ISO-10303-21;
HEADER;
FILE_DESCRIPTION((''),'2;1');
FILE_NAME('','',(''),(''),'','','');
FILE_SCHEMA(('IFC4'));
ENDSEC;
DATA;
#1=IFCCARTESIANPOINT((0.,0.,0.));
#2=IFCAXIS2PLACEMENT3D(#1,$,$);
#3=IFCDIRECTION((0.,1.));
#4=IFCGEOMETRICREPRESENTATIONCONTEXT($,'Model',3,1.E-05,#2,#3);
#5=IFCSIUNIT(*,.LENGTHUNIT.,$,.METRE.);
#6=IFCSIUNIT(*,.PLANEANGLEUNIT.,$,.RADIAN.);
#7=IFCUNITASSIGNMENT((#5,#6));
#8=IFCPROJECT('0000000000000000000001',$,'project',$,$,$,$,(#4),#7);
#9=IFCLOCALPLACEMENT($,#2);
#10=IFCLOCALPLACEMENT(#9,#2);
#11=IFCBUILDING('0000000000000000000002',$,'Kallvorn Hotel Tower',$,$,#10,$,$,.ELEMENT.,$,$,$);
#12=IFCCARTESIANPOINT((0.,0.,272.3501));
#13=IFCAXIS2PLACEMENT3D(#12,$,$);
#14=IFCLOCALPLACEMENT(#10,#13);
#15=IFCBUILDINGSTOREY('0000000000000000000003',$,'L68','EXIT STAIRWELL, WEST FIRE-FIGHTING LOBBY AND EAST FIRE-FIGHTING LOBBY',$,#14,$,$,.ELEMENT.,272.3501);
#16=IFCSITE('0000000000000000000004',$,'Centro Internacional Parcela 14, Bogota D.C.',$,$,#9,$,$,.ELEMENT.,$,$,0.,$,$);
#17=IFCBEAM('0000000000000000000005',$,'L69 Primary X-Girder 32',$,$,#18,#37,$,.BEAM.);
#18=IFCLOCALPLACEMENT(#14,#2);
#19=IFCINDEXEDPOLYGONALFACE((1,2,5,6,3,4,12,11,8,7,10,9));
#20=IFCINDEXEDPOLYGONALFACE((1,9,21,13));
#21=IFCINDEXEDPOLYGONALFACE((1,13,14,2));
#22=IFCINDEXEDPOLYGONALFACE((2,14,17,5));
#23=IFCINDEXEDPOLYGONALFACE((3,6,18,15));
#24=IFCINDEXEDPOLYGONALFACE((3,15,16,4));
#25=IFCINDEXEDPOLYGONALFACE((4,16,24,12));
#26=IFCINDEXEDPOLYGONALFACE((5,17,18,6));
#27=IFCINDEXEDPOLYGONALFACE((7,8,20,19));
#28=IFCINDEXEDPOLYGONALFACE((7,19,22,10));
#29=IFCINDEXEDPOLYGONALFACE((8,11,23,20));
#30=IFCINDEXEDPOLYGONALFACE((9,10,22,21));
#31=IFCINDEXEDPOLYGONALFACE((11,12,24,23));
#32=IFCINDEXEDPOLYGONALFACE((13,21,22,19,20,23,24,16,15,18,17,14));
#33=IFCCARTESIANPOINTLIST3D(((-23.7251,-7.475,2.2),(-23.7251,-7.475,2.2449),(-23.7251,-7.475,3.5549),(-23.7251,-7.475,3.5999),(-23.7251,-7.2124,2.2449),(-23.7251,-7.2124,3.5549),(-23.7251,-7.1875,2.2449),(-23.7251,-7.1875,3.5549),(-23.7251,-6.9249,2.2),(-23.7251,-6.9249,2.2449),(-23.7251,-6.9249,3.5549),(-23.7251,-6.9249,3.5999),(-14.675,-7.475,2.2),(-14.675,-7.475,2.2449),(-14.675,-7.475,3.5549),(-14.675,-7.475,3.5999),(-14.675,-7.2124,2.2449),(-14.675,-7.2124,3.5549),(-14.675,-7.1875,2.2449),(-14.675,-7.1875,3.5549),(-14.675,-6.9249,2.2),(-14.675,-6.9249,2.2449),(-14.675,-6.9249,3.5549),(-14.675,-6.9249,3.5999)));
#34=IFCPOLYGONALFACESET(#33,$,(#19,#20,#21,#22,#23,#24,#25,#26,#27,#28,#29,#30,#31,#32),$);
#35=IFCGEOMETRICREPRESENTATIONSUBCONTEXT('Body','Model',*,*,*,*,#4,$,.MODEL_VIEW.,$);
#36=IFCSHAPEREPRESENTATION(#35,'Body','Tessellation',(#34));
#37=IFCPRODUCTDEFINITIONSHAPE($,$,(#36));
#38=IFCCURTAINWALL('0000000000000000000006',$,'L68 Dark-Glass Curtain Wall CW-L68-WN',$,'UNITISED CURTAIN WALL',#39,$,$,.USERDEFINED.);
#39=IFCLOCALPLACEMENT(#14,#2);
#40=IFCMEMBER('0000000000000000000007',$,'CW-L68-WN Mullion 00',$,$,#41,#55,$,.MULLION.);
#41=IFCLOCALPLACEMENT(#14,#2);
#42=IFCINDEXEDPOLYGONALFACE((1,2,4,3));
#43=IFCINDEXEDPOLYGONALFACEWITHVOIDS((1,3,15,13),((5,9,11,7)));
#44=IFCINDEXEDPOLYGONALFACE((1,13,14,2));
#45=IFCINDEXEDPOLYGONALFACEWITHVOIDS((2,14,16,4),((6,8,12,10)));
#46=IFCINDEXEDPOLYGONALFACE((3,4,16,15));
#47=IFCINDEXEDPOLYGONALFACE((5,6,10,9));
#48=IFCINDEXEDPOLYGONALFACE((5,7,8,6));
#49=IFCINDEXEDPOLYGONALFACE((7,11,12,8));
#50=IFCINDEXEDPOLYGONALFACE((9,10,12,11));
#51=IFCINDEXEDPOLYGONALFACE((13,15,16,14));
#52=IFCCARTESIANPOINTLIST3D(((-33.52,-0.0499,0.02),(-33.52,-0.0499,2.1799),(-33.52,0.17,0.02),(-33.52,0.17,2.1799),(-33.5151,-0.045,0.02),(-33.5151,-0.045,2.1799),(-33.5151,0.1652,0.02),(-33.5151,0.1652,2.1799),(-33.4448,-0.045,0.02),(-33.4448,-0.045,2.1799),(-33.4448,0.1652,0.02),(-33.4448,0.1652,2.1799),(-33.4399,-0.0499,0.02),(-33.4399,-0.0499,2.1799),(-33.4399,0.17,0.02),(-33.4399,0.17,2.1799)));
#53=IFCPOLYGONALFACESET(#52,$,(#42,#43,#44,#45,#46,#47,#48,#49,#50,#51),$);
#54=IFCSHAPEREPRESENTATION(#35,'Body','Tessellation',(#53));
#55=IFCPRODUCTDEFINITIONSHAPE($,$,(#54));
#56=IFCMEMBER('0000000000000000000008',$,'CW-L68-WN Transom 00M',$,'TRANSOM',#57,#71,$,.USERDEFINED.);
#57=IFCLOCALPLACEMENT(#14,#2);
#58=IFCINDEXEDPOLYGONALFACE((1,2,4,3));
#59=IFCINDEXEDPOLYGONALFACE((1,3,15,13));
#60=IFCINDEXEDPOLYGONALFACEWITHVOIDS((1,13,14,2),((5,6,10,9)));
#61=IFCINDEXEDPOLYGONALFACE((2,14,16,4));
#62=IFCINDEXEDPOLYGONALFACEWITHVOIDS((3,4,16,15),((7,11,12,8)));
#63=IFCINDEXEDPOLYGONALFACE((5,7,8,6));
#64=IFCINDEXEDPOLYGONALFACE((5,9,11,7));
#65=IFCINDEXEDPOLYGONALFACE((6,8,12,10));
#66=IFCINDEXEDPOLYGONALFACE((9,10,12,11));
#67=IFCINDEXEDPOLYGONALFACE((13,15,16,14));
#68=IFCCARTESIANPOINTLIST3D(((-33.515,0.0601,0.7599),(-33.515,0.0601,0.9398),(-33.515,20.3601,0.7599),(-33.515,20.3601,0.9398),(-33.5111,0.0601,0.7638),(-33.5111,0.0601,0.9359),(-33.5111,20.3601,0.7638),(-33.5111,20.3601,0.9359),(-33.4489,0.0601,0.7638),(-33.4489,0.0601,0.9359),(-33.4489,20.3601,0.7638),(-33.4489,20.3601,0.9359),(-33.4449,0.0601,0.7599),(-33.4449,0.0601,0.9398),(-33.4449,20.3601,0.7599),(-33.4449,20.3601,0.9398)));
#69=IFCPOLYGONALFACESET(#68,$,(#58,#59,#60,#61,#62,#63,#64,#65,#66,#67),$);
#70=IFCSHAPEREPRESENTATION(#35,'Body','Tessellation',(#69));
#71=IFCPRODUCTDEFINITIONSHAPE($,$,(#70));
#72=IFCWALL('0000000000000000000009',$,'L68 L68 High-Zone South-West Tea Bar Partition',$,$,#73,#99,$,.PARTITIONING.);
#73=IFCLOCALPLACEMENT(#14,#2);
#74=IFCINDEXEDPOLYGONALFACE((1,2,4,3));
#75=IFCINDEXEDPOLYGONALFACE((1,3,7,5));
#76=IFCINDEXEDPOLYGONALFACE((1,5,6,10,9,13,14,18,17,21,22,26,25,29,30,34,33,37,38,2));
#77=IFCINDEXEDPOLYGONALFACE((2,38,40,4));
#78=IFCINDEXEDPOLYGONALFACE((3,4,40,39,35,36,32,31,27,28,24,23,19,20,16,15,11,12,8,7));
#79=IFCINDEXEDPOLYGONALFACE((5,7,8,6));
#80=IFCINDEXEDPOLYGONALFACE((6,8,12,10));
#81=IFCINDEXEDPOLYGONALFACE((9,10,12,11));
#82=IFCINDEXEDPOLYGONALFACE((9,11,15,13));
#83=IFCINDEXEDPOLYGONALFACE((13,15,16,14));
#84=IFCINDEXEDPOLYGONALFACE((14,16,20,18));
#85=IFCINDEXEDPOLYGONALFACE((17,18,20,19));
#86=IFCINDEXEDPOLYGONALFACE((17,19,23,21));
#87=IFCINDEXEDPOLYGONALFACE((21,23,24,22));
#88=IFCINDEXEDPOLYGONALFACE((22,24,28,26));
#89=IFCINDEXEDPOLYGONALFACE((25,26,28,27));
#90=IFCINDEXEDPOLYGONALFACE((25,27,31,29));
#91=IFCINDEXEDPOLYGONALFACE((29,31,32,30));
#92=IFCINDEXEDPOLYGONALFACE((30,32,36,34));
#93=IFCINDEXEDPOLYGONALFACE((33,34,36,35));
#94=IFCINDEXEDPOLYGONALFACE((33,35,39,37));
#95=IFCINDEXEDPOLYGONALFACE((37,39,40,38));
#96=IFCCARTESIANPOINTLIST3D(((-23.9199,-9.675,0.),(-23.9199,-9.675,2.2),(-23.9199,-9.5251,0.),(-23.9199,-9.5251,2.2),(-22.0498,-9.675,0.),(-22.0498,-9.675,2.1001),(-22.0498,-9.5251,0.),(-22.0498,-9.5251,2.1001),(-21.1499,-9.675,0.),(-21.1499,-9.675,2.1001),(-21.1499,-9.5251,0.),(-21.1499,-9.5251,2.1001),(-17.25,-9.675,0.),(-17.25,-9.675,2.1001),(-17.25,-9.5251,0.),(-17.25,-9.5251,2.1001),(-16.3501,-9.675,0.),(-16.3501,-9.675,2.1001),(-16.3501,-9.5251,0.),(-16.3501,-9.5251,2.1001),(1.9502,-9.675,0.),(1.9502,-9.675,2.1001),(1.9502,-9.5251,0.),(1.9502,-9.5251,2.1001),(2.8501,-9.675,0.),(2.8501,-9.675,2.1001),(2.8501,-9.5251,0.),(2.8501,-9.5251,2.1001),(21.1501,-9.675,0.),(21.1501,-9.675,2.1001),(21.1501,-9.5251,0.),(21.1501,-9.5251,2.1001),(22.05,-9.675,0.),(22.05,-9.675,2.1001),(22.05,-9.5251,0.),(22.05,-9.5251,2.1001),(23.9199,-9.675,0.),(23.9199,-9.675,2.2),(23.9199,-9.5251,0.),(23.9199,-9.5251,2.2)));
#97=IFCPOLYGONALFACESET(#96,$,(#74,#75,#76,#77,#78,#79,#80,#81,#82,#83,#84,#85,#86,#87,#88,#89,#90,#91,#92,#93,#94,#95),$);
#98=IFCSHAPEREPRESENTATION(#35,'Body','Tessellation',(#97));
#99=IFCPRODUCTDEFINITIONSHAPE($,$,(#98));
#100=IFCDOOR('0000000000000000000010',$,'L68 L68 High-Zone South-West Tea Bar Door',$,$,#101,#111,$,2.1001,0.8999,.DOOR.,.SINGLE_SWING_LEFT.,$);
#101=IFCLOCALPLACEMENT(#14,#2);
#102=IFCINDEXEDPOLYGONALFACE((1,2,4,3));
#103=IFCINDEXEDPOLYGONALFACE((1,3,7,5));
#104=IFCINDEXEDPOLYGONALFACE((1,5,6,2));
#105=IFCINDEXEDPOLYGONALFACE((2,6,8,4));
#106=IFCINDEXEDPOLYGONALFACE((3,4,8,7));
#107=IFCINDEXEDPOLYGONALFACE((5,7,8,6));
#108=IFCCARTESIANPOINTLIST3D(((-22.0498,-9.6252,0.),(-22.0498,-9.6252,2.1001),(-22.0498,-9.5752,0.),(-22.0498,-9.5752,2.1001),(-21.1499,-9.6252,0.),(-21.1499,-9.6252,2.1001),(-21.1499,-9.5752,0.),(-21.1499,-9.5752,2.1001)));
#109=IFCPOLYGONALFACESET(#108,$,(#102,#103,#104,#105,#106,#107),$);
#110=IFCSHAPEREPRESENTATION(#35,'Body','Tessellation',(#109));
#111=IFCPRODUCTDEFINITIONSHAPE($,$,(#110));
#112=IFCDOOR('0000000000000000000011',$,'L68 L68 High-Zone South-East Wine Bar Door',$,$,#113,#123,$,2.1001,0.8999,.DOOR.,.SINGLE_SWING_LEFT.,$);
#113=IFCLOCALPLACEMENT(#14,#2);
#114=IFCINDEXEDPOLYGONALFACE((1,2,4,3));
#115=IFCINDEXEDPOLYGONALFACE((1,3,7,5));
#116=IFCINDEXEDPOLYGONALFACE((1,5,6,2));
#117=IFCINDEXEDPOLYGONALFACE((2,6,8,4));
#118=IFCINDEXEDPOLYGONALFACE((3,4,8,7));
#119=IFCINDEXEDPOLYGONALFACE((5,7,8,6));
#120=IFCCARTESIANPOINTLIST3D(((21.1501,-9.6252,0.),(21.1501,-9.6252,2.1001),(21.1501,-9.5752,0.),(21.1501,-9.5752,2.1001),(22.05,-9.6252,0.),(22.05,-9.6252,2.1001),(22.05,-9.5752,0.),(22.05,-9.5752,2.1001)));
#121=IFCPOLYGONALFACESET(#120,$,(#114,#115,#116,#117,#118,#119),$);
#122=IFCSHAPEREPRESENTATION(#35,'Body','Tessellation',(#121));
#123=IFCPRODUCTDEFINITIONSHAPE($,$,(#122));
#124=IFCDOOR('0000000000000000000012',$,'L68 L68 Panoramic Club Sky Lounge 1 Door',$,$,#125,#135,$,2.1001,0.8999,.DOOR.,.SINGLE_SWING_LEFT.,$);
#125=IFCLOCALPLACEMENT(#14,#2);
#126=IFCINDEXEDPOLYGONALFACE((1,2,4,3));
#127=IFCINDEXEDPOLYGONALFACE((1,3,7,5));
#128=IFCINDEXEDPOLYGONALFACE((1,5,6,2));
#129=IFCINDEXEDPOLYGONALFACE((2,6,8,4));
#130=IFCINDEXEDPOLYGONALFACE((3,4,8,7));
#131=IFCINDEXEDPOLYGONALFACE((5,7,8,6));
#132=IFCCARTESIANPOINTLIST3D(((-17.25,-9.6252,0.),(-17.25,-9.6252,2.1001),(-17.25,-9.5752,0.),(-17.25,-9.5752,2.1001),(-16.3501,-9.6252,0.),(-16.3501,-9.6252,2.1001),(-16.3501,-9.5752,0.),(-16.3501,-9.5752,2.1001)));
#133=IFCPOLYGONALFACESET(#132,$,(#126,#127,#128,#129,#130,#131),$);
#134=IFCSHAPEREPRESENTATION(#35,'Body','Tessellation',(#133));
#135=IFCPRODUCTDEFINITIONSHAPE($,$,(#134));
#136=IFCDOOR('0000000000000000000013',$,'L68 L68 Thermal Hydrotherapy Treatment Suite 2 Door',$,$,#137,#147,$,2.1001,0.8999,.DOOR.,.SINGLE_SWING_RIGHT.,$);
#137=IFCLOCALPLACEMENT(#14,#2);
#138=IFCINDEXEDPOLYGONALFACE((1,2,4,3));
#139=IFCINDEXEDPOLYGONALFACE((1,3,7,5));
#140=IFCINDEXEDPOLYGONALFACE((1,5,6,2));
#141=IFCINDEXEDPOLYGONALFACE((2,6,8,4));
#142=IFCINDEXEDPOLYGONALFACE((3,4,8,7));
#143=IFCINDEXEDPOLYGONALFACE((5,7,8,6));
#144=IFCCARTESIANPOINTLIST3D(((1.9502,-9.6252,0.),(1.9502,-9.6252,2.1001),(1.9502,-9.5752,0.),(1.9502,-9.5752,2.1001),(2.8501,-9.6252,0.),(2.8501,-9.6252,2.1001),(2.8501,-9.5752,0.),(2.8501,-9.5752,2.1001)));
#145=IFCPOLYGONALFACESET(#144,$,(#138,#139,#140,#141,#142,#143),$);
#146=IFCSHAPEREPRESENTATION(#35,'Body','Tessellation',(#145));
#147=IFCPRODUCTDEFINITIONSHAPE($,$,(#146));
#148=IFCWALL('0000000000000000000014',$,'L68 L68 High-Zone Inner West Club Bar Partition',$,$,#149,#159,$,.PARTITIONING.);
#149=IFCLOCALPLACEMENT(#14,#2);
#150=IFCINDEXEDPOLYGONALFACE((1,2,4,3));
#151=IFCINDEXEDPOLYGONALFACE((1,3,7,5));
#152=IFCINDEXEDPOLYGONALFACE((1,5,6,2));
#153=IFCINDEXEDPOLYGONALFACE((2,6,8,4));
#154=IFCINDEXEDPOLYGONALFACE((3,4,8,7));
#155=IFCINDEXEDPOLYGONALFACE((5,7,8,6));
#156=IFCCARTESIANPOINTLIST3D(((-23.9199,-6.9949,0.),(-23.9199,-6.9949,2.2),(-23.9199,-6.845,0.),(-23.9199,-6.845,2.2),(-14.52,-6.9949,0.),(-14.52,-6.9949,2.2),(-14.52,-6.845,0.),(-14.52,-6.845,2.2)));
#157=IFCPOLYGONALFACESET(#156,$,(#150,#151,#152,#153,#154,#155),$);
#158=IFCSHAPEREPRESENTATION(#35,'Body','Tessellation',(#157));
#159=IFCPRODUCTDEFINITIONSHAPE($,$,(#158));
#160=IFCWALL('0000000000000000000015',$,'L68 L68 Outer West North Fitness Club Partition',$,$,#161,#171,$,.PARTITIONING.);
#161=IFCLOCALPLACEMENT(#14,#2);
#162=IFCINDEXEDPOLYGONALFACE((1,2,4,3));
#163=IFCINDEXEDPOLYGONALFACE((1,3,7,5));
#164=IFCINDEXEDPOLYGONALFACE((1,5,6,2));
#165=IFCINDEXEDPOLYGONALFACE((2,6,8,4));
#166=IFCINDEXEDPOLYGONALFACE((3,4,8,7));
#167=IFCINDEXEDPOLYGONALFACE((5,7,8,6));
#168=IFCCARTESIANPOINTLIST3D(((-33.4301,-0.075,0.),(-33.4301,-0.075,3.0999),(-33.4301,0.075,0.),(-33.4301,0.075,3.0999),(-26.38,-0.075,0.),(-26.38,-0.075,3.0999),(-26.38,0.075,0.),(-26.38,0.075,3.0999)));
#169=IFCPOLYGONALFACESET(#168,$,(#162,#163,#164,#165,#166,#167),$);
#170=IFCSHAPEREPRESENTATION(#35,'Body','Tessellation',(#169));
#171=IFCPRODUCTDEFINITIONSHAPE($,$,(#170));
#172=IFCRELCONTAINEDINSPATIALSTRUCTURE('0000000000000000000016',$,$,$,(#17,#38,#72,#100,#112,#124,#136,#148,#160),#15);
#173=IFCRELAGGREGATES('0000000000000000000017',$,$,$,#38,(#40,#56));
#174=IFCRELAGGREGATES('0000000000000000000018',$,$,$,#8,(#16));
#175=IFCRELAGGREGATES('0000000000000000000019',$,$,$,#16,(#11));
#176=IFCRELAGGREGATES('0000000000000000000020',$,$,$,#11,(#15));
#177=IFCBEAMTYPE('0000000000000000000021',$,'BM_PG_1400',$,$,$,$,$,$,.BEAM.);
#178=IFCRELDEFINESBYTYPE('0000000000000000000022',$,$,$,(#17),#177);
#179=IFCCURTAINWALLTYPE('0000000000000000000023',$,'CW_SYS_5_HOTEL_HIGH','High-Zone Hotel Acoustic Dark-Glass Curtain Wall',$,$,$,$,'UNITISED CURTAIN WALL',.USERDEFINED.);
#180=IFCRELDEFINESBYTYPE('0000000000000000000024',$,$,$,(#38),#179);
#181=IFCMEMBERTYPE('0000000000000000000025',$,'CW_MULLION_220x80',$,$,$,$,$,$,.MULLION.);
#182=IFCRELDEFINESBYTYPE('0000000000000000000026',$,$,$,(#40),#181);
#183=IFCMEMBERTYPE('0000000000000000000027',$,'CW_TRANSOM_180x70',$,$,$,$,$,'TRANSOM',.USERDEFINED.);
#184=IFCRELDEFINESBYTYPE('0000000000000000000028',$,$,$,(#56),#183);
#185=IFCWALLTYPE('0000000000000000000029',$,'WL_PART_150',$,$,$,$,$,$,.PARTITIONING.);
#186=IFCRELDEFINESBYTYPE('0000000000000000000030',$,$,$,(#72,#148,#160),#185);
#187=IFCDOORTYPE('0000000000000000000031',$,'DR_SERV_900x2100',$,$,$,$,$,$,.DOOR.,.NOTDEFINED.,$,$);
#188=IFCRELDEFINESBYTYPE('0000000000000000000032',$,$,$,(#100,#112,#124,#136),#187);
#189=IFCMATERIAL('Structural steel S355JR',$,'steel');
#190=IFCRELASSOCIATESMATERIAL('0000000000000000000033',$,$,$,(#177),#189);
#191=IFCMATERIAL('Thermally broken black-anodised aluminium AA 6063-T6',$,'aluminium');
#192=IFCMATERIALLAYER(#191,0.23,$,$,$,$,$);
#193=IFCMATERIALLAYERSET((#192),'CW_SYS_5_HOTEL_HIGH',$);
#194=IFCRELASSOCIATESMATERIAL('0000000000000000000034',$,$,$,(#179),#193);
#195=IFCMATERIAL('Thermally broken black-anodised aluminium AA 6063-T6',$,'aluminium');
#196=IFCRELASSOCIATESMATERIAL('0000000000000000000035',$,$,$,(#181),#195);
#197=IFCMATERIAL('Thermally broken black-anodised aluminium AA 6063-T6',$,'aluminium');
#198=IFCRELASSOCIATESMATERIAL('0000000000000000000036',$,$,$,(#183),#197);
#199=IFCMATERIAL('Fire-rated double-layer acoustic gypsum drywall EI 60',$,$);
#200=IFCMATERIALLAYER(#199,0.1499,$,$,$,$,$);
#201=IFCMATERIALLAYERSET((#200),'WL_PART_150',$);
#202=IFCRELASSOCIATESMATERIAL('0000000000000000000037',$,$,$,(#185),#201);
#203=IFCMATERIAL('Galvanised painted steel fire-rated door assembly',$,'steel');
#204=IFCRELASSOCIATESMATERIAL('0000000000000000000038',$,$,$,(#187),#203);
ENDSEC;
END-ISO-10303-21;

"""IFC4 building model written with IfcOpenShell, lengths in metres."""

from ifc_helpers import new_model, si_unit, direction, frame, frame_2d, origin, origin_2d, place, context, subcontext, project, spatial, rectangle, hollow_rectangle, i_section, extrude, material, layer, layer_set, material_profile, profile_set, type_object, element, fill, aggregate, save


model = new_model("IFC4")

# Units and contexts
model_context = context("Model", 3, precision=1e-05, world=origin(), true_north=direction((0.0, 1.0)))
body_context = subcontext(model_context, "Body", "Model", "MODEL_VIEW")
ifc_project = project(units=[si_unit("LENGTHUNIT", "METRE"), si_unit("PLANEANGLEUNIT", "RADIAN")], contexts=[model_context])

# Site, building, storey
site_placement = place(None, origin())
site = spatial("IfcSite", under=ifc_project, at=site_placement, Name="Centro Internacional Parcela 14, Bogota D.C.", CompositionType="ELEMENT", RefElevation=0.0)
building_placement = place(site_placement, origin())
building = spatial("IfcBuilding", under=site, at=building_placement, Name="Kallvorn Hotel Tower", CompositionType="ELEMENT")
storey_placement = place(building_placement, frame((0.0, 0.0, 272.3501)))
storey = spatial("IfcBuildingStorey", under=building, at=storey_placement, Name="L68", Description="EXIT STAIRWELL, WEST FIRE-FIGHTING LOBBY AND EAST FIRE-FIGHTING LOBBY", CompositionType="ELEMENT", Elevation=272.3501)

# Beam
ifc_material_1 = material(Name="Structural steel S355JR", Category="steel")
ifc_material_profile_1 = material_profile(ifc_material_1, i_section(OverallWidth=0.55, OverallDepth=1.3999, WebThickness=0.0249, FlangeThickness=0.0449, at=origin_2d()), Name="PG 1400x550x25x45")
ifc_profile_set_1 = profile_set([ifc_material_profile_1], Name="Structural steel S355JR")
beam_type_1 = type_object("IfcBeamType", Name="BM_PG_1400", PredefinedType="BEAM", material=ifc_profile_set_1)
beam_1_placement = place(storey_placement, frame((-23.7251, -7.2, 2.8999), z_axis=(1.0, 0.0, 0.0), x_axis=(0.0, 1.0, 0.0)))
element("IfcBeam", 1, at=beam_1_placement, inside=storey, type_object=beam_type_1, Name="L69 Primary X-Girder 32", PredefinedType="BEAM", context=body_context, shape_type="SweptSolid", body=[
    extrude(i_section(OverallWidth=0.55, OverallDepth=1.3999, WebThickness=0.0249, FlangeThickness=0.0449, at=origin_2d()), origin(), (0.0, 0.0, 1.0), 9.05),
])

# Curtain wall, members
ifc_material_2 = material(Name="Thermally broken black-anodised aluminium AA 6063-T6", Category="aluminium")
ifc_layer_1 = layer(ifc_material_2, 0.23)
ifc_layer_set_1 = layer_set([ifc_layer_1], Name="CW_SYS_5_HOTEL_HIGH")
curtain_wall_type = type_object("IfcCurtainWallType", Name="CW_SYS_5_HOTEL_HIGH", Description="High-Zone Hotel Acoustic Dark-Glass Curtain Wall", ElementType="UNITISED CURTAIN WALL", PredefinedType="USERDEFINED", material=ifc_layer_set_1)
curtain_wall_placement = place(storey_placement, origin())
curtain_wall = element("IfcCurtainWall", 2, at=curtain_wall_placement, inside=storey, type_object=curtain_wall_type, Name="L68 Dark-Glass Curtain Wall CW-L68-WN", ObjectType="UNITISED CURTAIN WALL", PredefinedType="USERDEFINED")
ifc_material_3 = material(Name="Thermally broken black-anodised aluminium AA 6063-T6", Category="aluminium")
ifc_material_profile_2 = material_profile(ifc_material_3, hollow_rectangle(XDim=0.0801, YDim=0.22, WallThickness=0.0049, at=origin_2d()), Name="MUL 220x80")
ifc_profile_set_2 = profile_set([ifc_material_profile_2], Name="Thermally broken black-anodised aluminium AA 6063-T6")
member_type_1 = type_object("IfcMemberType", Name="CW_MULLION_220x80", PredefinedType="MULLION", material=ifc_profile_set_2)
member_1_placement = place(storey_placement, frame((-33.48, 0.0601, 0.02), z_axis=(0.0, 0.0, 1.0), x_axis=(1.0, 0.0, 0.0)))
member_1 = element("IfcMember", 3, at=member_1_placement, type_object=member_type_1, Name="CW-L68-WN Mullion 00", PredefinedType="MULLION", context=body_context, shape_type="SweptSolid", body=[
    extrude(hollow_rectangle(XDim=0.0801, YDim=0.22, WallThickness=0.0049, at=origin_2d()), origin(), (0.0, 0.0, 1.0), 2.1599),
])
ifc_material_4 = material(Name="Thermally broken black-anodised aluminium AA 6063-T6", Category="aluminium")
ifc_material_profile_3 = material_profile(ifc_material_4, hollow_rectangle(XDim=0.0701, YDim=0.1799, WallThickness=0.0039, at=origin_2d()), Name="TRN 180x70")
ifc_profile_set_3 = profile_set([ifc_material_profile_3], Name="Thermally broken black-anodised aluminium AA 6063-T6")
member_type_2 = type_object("IfcMemberType", Name="CW_TRANSOM_180x70", ElementType="TRANSOM", PredefinedType="USERDEFINED", material=ifc_profile_set_3)
member_2_placement = place(storey_placement, frame((-33.48, 0.0601, 0.8499), z_axis=(0.0, 1.0, 0.0), x_axis=(-1.0, 0.0, 0.0)))
member_2 = element("IfcMember", 4, at=member_2_placement, type_object=member_type_2, Name="CW-L68-WN Transom 00M", ObjectType="TRANSOM", PredefinedType="USERDEFINED", context=body_context, shape_type="SweptSolid", body=[
    extrude(hollow_rectangle(XDim=0.0701, YDim=0.1799, WallThickness=0.0039, at=origin_2d()), origin(), (0.0, 0.0, 1.0), 20.3),
])
aggregate(curtain_wall, [member_1, member_2])

# Wall, openings, doors
ifc_material_5 = material(Name="Fire-rated double-layer acoustic gypsum drywall EI 60")
ifc_layer_2 = layer(ifc_material_5, 0.1499)
ifc_layer_set_2 = layer_set([ifc_layer_2], Name="WL_PART_150")
wall_type = type_object("IfcWallType", Name="WL_PART_150", PredefinedType="PARTITIONING", material=ifc_layer_set_2)
wall_1_placement = place(storey_placement, frame((-23.9199, -9.6001, 0.0), z_axis=(0.0, 0.0, 1.0), x_axis=(1.0, 0.0, 0.0)))
wall_1 = element("IfcWall", 5, at=wall_1_placement, inside=storey, type_object=wall_type, Name="L68 L68 High-Zone South-West Tea Bar Partition", PredefinedType="PARTITIONING", context=body_context, shape_type="SweptSolid", body=[
    extrude(rectangle(XDim=47.8398, YDim=0.1499, at=frame_2d((23.9199, 0.0))), origin(), (0.0, 0.0, 1.0), 2.2),
])
opening_1_placement = place(wall_1_placement, frame((1.8701, 0.0, 0.0)))
opening_1 = element("IfcOpeningElement", 6, at=opening_1_placement, cuts=wall_1, PredefinedType="OPENING", context=body_context, shape_type="SweptSolid", body=[
    extrude(rectangle(XDim=0.8999, YDim=2.1001, at=frame_2d((0.45, 1.05))), frame((0.0, 0.0898, 0.0), z_axis=(0.0, -1.0, 0.0), x_axis=(1.0, 0.0, 0.0)), (0.0, 0.0, 1.0), 0.1799),
])
opening_2_placement = place(wall_1_placement, frame((45.0701, 0.0, 0.0)))
opening_2 = element("IfcOpeningElement", 7, at=opening_2_placement, cuts=wall_1, PredefinedType="OPENING", context=body_context, shape_type="SweptSolid", body=[
    extrude(rectangle(XDim=0.8999, YDim=2.1001, at=frame_2d((0.45, 1.05))), frame((0.0, 0.0898, 0.0), z_axis=(0.0, -1.0, 0.0), x_axis=(1.0, 0.0, 0.0)), (0.0, 0.0, 1.0), 0.1799),
])
opening_3_placement = place(wall_1_placement, frame((6.6699, 0.0, 0.0)))
opening_3 = element("IfcOpeningElement", 8, at=opening_3_placement, cuts=wall_1, PredefinedType="OPENING", context=body_context, shape_type="SweptSolid", body=[
    extrude(rectangle(XDim=0.8999, YDim=2.1001, at=frame_2d((0.45, 1.05))), frame((0.0, 0.0898, 0.0), z_axis=(0.0, -1.0, 0.0), x_axis=(1.0, 0.0, 0.0)), (0.0, 0.0, 1.0), 0.1799),
])
opening_4_placement = place(wall_1_placement, frame((25.8701, 0.0, 0.0)))
opening_4 = element("IfcOpeningElement", 9, at=opening_4_placement, cuts=wall_1, PredefinedType="OPENING", context=body_context, shape_type="SweptSolid", body=[
    extrude(rectangle(XDim=0.8999, YDim=2.1001, at=frame_2d((0.45, 1.05))), frame((0.0, 0.0898, 0.0), z_axis=(0.0, -1.0, 0.0), x_axis=(1.0, 0.0, 0.0)), (0.0, 0.0, 1.0), 0.1799),
])
ifc_material_6 = material(Name="Galvanised painted steel fire-rated door assembly", Category="steel")
door_type = type_object("IfcDoorType", Name="DR_SERV_900x2100", OperationType="NOTDEFINED", PredefinedType="DOOR", material=ifc_material_6)
door_1_placement = place(opening_1_placement, origin())
door_1 = element("IfcDoor", 10, at=door_1_placement, inside=storey, type_object=door_type, Name="L68 L68 High-Zone South-West Tea Bar Door", OperationType="SINGLE_SWING_LEFT", OverallHeight=2.1001, OverallWidth=0.8999, PredefinedType="DOOR", context=body_context, shape_type="SweptSolid", body=[
    extrude(rectangle(XDim=0.8999, YDim=2.1001, at=frame_2d((0.45, 1.05))), frame((0.0, 0.0249, 0.0), z_axis=(0.0, -1.0, 0.0), x_axis=(1.0, 0.0, 0.0)), (0.0, 0.0, 1.0), 0.05),
])
fill(opening_1, door_1)
door_2_placement = place(opening_2_placement, origin())
door_2 = element("IfcDoor", 11, at=door_2_placement, inside=storey, type_object=door_type, Name="L68 L68 High-Zone South-East Wine Bar Door", OperationType="SINGLE_SWING_LEFT", OverallHeight=2.1001, OverallWidth=0.8999, PredefinedType="DOOR", context=body_context, shape_type="SweptSolid", body=[
    extrude(rectangle(XDim=0.8999, YDim=2.1001, at=frame_2d((0.45, 1.05))), frame((0.0, 0.0249, 0.0), z_axis=(0.0, -1.0, 0.0), x_axis=(1.0, 0.0, 0.0)), (0.0, 0.0, 1.0), 0.05),
])
fill(opening_2, door_2)
door_3_placement = place(opening_3_placement, origin())
door_3 = element("IfcDoor", 12, at=door_3_placement, inside=storey, type_object=door_type, Name="L68 L68 Panoramic Club Sky Lounge 1 Door", OperationType="SINGLE_SWING_LEFT", OverallHeight=2.1001, OverallWidth=0.8999, PredefinedType="DOOR", context=body_context, shape_type="SweptSolid", body=[
    extrude(rectangle(XDim=0.8999, YDim=2.1001, at=frame_2d((0.45, 1.05))), frame((0.0, 0.0249, 0.0), z_axis=(0.0, -1.0, 0.0), x_axis=(1.0, 0.0, 0.0)), (0.0, 0.0, 1.0), 0.05),
])
fill(opening_3, door_3)
door_4_placement = place(opening_4_placement, origin())
door_4 = element("IfcDoor", 13, at=door_4_placement, inside=storey, type_object=door_type, Name="L68 L68 Thermal Hydrotherapy Treatment Suite 2 Door", OperationType="SINGLE_SWING_RIGHT", OverallHeight=2.1001, OverallWidth=0.8999, PredefinedType="DOOR", context=body_context, shape_type="SweptSolid", body=[
    extrude(rectangle(XDim=0.8999, YDim=2.1001, at=frame_2d((0.45, 1.05))), frame((0.0, 0.0249, 0.0), z_axis=(0.0, -1.0, 0.0), x_axis=(1.0, 0.0, 0.0)), (0.0, 0.0, 1.0), 0.05),
])
fill(opening_4, door_4)

# Walls
wall_2_placement = place(storey_placement, frame((-23.9199, -6.9199, 0.0), z_axis=(0.0, 0.0, 1.0), x_axis=(1.0, 0.0, 0.0)))
element("IfcWall", 14, at=wall_2_placement, inside=storey, type_object=wall_type, Name="L68 L68 High-Zone Inner West Club Bar Partition", PredefinedType="PARTITIONING", context=body_context, shape_type="SweptSolid", body=[
    extrude(rectangle(XDim=9.3999, YDim=0.1499, at=frame_2d((4.7, 0.0))), origin(), (0.0, 0.0, 1.0), 2.2),
])
wall_3_placement = place(storey_placement, frame((-33.4299, 0.0, 0.0), z_axis=(0.0, 0.0, 1.0), x_axis=(1.0, 0.0, 0.0)))
element("IfcWall", 15, at=wall_3_placement, inside=storey, type_object=wall_type, Name="L68 L68 Outer West North Fitness Club Partition", PredefinedType="PARTITIONING", context=body_context, shape_type="SweptSolid", body=[
    extrude(rectangle(XDim=7.05, YDim=0.1499, at=frame_2d((3.5249, 0.0))), origin(), (0.0, 0.0, 1.0), 3.0999),
])

save(model, "model.ifc")
